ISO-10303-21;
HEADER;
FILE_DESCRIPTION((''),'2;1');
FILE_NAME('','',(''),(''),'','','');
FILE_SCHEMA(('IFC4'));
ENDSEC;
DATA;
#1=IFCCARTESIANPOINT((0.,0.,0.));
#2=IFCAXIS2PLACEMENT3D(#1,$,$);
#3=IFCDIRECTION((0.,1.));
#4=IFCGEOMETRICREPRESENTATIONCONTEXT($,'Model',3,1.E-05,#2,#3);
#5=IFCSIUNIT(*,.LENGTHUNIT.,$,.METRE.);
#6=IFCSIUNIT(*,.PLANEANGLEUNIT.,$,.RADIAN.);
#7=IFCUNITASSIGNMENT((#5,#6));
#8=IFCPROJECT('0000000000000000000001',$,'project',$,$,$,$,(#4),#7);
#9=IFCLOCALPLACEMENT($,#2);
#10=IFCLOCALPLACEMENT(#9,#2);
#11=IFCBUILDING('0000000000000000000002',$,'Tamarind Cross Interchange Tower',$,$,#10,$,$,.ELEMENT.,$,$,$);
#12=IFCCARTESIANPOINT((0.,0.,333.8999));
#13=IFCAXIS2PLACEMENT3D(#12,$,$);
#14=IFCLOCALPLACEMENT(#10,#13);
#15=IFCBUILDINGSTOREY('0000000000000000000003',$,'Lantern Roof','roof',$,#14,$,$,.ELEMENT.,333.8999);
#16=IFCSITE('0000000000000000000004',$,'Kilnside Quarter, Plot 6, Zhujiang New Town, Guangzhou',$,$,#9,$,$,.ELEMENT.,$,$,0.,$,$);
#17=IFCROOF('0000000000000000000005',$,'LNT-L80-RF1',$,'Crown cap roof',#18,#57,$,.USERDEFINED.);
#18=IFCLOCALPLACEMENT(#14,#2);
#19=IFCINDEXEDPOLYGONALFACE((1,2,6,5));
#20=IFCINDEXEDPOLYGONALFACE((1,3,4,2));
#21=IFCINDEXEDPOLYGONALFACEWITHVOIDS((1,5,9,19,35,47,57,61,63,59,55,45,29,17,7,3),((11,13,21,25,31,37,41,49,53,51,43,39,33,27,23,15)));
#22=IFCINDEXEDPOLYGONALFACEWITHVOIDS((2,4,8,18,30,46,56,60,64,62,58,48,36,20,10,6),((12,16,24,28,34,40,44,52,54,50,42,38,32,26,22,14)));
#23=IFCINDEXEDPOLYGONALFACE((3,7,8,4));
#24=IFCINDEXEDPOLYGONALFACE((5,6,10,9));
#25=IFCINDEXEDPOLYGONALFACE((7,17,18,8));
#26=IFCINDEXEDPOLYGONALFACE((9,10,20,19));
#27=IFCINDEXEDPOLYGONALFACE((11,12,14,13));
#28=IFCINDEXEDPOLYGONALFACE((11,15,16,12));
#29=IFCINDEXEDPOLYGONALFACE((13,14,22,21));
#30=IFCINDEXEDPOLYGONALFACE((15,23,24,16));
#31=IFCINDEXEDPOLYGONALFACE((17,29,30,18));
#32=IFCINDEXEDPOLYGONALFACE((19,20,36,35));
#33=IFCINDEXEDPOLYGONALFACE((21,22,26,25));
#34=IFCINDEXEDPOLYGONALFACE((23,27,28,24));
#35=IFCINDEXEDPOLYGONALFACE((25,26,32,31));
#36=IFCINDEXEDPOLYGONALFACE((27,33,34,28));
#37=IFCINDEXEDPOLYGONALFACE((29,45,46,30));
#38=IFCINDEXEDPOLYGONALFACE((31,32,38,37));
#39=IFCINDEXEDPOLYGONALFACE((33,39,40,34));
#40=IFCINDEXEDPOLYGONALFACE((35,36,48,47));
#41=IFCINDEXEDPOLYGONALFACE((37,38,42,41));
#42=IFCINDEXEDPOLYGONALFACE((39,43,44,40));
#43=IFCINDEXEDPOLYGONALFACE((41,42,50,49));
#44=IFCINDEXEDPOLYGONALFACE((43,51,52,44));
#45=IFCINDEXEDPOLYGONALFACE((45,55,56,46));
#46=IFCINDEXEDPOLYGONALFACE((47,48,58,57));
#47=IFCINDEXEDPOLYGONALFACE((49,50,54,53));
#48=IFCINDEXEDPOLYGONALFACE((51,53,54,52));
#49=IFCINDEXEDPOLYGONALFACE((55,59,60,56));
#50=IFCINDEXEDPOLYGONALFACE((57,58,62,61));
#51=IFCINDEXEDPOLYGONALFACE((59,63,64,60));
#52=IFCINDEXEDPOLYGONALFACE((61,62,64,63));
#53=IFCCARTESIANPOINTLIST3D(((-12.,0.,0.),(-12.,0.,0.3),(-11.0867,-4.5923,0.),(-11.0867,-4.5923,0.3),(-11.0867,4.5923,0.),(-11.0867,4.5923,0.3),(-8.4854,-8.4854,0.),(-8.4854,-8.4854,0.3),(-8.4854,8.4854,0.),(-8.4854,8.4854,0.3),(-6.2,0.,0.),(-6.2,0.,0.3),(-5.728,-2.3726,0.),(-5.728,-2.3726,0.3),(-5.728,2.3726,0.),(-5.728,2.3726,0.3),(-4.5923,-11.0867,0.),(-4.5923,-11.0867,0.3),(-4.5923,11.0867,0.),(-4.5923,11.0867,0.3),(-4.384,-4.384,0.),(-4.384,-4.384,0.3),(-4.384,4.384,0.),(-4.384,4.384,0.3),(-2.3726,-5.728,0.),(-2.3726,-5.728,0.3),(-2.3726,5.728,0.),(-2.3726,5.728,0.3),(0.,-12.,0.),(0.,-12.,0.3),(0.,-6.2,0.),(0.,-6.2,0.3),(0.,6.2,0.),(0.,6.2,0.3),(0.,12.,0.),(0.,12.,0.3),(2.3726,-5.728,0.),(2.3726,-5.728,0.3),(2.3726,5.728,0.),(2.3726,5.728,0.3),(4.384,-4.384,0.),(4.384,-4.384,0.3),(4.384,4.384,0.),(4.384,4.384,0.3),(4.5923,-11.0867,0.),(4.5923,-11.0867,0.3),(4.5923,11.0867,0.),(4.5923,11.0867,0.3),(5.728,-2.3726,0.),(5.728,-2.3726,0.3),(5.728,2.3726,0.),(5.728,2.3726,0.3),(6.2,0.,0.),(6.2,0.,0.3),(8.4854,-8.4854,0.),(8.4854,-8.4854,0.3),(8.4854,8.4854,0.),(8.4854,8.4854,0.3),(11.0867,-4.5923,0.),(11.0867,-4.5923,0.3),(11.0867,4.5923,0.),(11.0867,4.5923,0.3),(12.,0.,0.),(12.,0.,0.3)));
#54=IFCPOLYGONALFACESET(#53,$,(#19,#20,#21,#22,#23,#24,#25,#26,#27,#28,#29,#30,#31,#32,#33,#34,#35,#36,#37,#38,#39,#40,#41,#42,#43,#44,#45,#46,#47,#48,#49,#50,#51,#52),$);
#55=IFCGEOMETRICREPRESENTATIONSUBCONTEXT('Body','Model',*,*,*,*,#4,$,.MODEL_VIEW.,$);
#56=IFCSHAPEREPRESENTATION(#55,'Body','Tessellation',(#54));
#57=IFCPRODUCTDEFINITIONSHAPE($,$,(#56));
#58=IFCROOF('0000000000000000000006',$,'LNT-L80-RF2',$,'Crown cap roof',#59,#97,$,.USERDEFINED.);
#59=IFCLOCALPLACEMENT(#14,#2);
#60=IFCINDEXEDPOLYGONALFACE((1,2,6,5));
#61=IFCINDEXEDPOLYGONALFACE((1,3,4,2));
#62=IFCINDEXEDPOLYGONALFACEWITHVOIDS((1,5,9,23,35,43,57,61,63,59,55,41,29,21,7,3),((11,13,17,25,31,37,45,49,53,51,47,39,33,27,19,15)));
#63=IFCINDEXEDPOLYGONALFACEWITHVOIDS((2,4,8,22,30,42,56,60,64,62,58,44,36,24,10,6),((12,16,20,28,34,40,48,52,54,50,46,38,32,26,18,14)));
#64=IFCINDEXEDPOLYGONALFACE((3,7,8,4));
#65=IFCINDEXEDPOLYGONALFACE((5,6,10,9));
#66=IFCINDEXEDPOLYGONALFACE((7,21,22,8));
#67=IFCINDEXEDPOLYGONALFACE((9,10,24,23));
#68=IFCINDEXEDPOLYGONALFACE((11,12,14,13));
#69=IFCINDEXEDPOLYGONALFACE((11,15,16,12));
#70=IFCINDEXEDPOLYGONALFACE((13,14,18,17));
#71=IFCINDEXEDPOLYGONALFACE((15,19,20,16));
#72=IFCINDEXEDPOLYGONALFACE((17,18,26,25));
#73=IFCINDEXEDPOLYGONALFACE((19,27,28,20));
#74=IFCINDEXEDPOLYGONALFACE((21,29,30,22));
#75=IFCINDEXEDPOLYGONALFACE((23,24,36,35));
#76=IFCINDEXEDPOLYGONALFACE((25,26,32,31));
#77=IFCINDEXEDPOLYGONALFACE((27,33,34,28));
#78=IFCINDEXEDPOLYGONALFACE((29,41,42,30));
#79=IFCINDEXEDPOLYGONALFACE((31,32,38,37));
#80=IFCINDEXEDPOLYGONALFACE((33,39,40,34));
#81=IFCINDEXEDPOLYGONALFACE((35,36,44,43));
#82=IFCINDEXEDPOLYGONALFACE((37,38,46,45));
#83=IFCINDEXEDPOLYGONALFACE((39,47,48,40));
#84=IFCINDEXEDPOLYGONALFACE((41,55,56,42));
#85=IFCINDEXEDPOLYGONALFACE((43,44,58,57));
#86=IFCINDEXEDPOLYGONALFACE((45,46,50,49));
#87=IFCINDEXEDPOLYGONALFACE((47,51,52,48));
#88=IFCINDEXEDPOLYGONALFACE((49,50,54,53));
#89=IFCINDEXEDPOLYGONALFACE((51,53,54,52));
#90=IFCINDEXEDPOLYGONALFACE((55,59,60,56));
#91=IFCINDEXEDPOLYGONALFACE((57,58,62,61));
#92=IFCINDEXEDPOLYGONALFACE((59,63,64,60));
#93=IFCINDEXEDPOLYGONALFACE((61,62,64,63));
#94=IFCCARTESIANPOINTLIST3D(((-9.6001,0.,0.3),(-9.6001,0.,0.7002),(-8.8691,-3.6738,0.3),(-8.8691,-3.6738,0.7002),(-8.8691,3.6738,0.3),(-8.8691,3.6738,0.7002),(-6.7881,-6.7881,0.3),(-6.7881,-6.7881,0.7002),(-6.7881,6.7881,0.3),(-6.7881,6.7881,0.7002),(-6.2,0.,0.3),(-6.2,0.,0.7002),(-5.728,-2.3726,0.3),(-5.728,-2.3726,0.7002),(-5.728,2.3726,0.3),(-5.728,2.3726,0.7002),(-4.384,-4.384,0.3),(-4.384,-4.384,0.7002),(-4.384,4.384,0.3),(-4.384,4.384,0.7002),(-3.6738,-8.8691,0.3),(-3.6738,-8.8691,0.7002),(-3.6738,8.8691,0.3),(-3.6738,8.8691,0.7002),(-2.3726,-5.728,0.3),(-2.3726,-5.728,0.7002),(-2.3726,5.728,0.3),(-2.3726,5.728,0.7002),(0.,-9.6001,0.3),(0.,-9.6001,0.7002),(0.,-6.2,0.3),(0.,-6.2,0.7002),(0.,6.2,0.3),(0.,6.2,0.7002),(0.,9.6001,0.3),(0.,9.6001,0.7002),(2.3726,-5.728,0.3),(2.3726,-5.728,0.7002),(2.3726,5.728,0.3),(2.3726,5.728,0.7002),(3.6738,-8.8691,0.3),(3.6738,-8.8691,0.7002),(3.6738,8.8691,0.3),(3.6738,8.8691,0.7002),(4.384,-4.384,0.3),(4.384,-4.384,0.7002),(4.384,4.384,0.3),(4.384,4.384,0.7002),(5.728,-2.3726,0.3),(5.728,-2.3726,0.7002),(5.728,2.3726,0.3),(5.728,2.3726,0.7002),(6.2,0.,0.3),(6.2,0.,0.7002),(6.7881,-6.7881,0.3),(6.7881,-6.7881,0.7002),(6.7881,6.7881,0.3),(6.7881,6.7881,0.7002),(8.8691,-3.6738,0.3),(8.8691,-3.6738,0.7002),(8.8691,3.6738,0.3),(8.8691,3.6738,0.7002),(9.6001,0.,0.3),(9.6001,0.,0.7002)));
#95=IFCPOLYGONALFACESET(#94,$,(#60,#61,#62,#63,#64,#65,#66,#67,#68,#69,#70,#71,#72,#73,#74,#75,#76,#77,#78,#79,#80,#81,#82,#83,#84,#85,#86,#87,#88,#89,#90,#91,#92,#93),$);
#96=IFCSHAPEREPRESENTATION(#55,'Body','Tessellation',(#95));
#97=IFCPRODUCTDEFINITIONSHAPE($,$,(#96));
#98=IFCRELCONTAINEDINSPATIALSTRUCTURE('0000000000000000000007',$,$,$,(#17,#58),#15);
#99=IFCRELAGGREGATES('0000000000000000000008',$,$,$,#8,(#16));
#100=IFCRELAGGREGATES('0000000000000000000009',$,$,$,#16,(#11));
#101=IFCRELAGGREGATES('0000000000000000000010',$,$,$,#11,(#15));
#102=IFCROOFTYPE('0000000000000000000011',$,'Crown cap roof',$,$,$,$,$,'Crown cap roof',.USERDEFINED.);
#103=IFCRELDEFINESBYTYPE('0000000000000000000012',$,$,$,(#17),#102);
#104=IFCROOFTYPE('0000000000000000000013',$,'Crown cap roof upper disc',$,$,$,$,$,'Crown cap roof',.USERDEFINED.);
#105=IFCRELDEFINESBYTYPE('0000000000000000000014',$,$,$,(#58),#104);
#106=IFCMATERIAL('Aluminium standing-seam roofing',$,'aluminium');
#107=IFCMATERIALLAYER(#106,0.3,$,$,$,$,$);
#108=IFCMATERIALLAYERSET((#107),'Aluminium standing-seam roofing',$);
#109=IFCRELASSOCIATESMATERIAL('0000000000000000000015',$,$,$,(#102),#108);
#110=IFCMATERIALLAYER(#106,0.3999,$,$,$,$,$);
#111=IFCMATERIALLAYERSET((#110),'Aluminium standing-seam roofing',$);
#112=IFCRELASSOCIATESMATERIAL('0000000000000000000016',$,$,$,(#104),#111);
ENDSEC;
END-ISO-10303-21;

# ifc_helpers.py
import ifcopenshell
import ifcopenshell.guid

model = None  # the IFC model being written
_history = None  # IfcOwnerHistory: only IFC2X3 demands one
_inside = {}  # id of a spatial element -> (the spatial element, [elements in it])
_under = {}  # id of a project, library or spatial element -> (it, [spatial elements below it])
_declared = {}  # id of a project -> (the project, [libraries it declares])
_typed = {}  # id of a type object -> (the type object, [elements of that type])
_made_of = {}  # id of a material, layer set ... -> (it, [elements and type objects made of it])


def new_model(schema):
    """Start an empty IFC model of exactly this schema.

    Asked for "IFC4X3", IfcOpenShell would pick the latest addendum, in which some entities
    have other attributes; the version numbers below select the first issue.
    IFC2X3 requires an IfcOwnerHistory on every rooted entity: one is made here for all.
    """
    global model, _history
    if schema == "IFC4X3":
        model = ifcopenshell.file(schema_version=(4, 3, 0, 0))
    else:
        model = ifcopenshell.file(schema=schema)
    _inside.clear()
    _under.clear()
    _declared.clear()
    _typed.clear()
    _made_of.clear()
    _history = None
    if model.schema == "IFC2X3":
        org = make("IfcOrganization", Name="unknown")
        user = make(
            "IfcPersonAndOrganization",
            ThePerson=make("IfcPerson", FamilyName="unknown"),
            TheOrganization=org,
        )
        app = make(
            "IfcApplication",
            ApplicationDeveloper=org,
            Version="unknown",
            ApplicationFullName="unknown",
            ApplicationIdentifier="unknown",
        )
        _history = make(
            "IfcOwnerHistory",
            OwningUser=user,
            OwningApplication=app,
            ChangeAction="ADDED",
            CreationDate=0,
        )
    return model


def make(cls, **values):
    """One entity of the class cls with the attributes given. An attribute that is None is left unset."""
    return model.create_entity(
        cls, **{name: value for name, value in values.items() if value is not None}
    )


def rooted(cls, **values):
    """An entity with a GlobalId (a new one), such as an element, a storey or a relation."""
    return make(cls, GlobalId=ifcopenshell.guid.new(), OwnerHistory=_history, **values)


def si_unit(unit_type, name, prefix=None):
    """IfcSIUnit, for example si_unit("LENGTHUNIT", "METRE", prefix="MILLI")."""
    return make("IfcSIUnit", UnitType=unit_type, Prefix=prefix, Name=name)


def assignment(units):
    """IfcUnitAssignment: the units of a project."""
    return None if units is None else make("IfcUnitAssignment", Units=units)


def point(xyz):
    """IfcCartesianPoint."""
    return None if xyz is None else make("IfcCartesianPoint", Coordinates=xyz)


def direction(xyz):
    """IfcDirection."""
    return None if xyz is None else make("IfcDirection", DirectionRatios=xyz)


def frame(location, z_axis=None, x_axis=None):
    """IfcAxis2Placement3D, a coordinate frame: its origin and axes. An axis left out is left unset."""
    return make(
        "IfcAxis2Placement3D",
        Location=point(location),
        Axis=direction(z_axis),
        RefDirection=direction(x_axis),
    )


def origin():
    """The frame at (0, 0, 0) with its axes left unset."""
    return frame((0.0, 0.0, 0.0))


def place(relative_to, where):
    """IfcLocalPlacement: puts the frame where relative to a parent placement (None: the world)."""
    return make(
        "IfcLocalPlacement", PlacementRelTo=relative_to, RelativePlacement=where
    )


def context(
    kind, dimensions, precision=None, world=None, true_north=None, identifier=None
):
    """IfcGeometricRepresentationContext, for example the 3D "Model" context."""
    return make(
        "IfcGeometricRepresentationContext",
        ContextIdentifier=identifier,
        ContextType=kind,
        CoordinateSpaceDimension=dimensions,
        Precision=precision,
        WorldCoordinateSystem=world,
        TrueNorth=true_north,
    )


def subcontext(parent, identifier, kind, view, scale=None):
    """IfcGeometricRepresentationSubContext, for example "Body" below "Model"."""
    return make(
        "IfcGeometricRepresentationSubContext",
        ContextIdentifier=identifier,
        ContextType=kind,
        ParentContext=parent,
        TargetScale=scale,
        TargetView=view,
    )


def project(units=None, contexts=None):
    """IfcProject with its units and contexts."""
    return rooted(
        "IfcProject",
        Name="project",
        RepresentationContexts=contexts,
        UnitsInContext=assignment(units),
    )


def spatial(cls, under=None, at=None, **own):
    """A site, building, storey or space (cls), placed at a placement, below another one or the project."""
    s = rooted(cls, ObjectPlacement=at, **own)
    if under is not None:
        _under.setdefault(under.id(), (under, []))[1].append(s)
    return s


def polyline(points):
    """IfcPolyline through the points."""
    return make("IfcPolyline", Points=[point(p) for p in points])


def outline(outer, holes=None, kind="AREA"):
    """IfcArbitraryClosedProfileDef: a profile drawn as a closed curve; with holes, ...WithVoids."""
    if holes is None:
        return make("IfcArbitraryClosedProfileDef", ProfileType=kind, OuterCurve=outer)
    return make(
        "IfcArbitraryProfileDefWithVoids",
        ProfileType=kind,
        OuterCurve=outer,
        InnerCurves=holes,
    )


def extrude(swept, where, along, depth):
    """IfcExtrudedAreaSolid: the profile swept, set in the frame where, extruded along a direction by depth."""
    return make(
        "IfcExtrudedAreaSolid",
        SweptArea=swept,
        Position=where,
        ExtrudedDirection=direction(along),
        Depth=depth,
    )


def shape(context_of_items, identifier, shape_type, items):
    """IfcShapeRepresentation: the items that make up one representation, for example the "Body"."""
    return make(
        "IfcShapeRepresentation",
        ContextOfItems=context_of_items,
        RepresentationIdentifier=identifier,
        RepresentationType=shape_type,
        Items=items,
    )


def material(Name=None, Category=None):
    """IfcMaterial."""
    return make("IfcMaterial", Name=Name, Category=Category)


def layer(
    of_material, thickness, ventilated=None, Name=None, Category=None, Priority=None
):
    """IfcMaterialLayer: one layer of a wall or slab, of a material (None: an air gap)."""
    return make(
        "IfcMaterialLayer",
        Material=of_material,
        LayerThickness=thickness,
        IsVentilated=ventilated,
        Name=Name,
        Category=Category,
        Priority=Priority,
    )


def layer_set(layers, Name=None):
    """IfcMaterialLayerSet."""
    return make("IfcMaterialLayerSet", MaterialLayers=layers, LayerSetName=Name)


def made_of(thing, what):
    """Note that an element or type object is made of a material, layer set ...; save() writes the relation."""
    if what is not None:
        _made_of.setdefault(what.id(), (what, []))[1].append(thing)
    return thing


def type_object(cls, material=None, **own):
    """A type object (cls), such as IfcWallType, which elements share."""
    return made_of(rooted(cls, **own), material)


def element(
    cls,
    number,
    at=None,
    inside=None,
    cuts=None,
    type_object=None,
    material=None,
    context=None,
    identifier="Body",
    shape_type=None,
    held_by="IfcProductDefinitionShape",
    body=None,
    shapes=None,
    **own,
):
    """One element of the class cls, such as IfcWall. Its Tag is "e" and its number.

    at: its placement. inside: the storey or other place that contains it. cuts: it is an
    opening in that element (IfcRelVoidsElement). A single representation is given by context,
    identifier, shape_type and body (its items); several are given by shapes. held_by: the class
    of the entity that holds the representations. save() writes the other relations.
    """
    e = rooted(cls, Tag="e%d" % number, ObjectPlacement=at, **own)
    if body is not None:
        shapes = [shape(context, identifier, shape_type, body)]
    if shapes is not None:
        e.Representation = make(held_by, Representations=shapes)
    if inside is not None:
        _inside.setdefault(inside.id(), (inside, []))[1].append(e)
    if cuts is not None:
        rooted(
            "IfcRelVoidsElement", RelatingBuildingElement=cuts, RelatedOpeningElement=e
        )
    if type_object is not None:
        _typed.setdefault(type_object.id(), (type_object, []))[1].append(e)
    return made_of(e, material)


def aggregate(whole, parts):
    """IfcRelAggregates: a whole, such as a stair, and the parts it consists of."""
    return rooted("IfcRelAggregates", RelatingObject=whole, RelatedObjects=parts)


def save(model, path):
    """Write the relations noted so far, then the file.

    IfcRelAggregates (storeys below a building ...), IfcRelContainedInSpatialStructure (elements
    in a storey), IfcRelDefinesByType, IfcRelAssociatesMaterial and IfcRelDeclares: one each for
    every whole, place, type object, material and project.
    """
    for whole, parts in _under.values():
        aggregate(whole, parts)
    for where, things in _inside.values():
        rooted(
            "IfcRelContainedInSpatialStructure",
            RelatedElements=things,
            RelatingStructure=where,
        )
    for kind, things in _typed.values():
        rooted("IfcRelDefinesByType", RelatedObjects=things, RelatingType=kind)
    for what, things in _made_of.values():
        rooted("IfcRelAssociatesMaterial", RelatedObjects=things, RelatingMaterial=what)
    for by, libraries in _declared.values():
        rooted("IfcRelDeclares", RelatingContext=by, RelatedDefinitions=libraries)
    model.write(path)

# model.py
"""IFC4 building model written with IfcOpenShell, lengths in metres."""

from ifc_helpers import new_model, si_unit, direction, frame, origin, place, context, subcontext, project, spatial, polyline, outline, extrude, material, layer, layer_set, type_object, element, save


model = new_model("IFC4")

# Units and contexts
model_context = context("Model", 3, precision=1e-05, world=origin(), true_north=direction((0.0, 1.0)))
body_context = subcontext(model_context, "Body", "Model", "MODEL_VIEW")
ifc_project = project(units=[si_unit("LENGTHUNIT", "METRE"), si_unit("PLANEANGLEUNIT", "RADIAN")], contexts=[model_context])

# Site, building, storey
site_placement = place(None, origin())
site = spatial("IfcSite", under=ifc_project, at=site_placement, Name="Kilnside Quarter, Plot 6, Zhujiang New Town, Guangzhou", CompositionType="ELEMENT", RefElevation=0.0)
building_placement = place(site_placement, origin())
building = spatial("IfcBuilding", under=site, at=building_placement, Name="Tamarind Cross Interchange Tower", CompositionType="ELEMENT")
storey_placement = place(building_placement, frame((0.0, 0.0, 333.8999)))
storey = spatial("IfcBuildingStorey", under=building, at=storey_placement, Name="Lantern Roof", Description="roof", CompositionType="ELEMENT", Elevation=333.8999)

# Roofs
ifc_material = material(Name="Aluminium standing-seam roofing", Category="aluminium")
ifc_layer_1 = layer(ifc_material, 0.3)
ifc_layer_set_1 = layer_set([ifc_layer_1], Name="Aluminium standing-seam roofing")
roof_type_1 = type_object("IfcRoofType", Name="Crown cap roof", ElementType="Crown cap roof", PredefinedType="USERDEFINED", material=ifc_layer_set_1)
roof_1_placement = place(storey_placement, origin())
element("IfcRoof", 1, at=roof_1_placement, inside=storey, type_object=roof_type_1, Name="LNT-L80-RF1", ObjectType="Crown cap roof", PredefinedType="USERDEFINED", context=body_context, shape_type="SweptSolid", body=[
    extrude(outline(polyline([(12.0, 0.0), (11.0867, 4.5923), (8.4854, 8.4854), (4.5923, 11.0867), (0.0, 12.0), (-4.5923, 11.0867), (-8.4854, 8.4854), (-11.0867, 4.5923), (-12.0, 0.0), (-11.0867, -4.5923), (-8.4854, -8.4854), (-4.5923, -11.0867), (0.0, -12.0), (4.5923, -11.0867), (8.4854, -8.4854), (11.0867, -4.5923), (12.0, 0.0)]), holes=[polyline([(6.2, 0.0), (5.728, 2.3726), (4.384, 4.384), (2.3726, 5.728), (0.0, 6.2), (-2.3726, 5.728), (-4.384, 4.384), (-5.728, 2.3726), (-6.2, 0.0), (-5.728, -2.3726), (-4.384, -4.384), (-2.3726, -5.728), (0.0, -6.2), (2.3726, -5.728), (4.384, -4.384), (5.728, -2.3726), (6.2, 0.0)])]), origin(), (0.0, 0.0, 1.0), 0.3),
])
ifc_layer_2 = layer(ifc_material, 0.3999)
ifc_layer_set_2 = layer_set([ifc_layer_2], Name="Aluminium standing-seam roofing")
roof_type_2 = type_object("IfcRoofType", Name="Crown cap roof upper disc", ElementType="Crown cap roof", PredefinedType="USERDEFINED", material=ifc_layer_set_2)
roof_2_placement = place(storey_placement, frame((0.0, 0.0, 0.3)))
element("IfcRoof", 2, at=roof_2_placement, inside=storey, type_object=roof_type_2, Name="LNT-L80-RF2", ObjectType="Crown cap roof", PredefinedType="USERDEFINED", context=body_context, shape_type="SweptSolid", body=[
    extrude(outline(polyline([(9.6001, 0.0), (8.8691, 3.6738), (6.7881, 6.7881), (3.6738, 8.8691), (0.0, 9.6001), (-3.6738, 8.8691), (-6.7881, 6.7881), (-8.8691, 3.6738), (-9.6001, 0.0), (-8.8691, -3.6738), (-6.7881, -6.7881), (-3.6738, -8.8691), (0.0, -9.6001), (3.6738, -8.8691), (6.7881, -6.7881), (8.8691, -3.6738), (9.6001, 0.0)]), holes=[polyline([(6.2, 0.0), (5.728, 2.3726), (4.384, 4.384), (2.3726, 5.728), (0.0, 6.2), (-2.3726, 5.728), (-4.384, 4.384), (-5.728, 2.3726), (-6.2, 0.0), (-5.728, -2.3726), (-4.384, -4.384), (-2.3726, -5.728), (0.0, -6.2), (2.3726, -5.728), (4.384, -4.384), (5.728, -2.3726), (6.2, 0.0)])]), origin(), (0.0, 0.0, 1.0), 0.4001),
])

save(model, "model.ifc")
